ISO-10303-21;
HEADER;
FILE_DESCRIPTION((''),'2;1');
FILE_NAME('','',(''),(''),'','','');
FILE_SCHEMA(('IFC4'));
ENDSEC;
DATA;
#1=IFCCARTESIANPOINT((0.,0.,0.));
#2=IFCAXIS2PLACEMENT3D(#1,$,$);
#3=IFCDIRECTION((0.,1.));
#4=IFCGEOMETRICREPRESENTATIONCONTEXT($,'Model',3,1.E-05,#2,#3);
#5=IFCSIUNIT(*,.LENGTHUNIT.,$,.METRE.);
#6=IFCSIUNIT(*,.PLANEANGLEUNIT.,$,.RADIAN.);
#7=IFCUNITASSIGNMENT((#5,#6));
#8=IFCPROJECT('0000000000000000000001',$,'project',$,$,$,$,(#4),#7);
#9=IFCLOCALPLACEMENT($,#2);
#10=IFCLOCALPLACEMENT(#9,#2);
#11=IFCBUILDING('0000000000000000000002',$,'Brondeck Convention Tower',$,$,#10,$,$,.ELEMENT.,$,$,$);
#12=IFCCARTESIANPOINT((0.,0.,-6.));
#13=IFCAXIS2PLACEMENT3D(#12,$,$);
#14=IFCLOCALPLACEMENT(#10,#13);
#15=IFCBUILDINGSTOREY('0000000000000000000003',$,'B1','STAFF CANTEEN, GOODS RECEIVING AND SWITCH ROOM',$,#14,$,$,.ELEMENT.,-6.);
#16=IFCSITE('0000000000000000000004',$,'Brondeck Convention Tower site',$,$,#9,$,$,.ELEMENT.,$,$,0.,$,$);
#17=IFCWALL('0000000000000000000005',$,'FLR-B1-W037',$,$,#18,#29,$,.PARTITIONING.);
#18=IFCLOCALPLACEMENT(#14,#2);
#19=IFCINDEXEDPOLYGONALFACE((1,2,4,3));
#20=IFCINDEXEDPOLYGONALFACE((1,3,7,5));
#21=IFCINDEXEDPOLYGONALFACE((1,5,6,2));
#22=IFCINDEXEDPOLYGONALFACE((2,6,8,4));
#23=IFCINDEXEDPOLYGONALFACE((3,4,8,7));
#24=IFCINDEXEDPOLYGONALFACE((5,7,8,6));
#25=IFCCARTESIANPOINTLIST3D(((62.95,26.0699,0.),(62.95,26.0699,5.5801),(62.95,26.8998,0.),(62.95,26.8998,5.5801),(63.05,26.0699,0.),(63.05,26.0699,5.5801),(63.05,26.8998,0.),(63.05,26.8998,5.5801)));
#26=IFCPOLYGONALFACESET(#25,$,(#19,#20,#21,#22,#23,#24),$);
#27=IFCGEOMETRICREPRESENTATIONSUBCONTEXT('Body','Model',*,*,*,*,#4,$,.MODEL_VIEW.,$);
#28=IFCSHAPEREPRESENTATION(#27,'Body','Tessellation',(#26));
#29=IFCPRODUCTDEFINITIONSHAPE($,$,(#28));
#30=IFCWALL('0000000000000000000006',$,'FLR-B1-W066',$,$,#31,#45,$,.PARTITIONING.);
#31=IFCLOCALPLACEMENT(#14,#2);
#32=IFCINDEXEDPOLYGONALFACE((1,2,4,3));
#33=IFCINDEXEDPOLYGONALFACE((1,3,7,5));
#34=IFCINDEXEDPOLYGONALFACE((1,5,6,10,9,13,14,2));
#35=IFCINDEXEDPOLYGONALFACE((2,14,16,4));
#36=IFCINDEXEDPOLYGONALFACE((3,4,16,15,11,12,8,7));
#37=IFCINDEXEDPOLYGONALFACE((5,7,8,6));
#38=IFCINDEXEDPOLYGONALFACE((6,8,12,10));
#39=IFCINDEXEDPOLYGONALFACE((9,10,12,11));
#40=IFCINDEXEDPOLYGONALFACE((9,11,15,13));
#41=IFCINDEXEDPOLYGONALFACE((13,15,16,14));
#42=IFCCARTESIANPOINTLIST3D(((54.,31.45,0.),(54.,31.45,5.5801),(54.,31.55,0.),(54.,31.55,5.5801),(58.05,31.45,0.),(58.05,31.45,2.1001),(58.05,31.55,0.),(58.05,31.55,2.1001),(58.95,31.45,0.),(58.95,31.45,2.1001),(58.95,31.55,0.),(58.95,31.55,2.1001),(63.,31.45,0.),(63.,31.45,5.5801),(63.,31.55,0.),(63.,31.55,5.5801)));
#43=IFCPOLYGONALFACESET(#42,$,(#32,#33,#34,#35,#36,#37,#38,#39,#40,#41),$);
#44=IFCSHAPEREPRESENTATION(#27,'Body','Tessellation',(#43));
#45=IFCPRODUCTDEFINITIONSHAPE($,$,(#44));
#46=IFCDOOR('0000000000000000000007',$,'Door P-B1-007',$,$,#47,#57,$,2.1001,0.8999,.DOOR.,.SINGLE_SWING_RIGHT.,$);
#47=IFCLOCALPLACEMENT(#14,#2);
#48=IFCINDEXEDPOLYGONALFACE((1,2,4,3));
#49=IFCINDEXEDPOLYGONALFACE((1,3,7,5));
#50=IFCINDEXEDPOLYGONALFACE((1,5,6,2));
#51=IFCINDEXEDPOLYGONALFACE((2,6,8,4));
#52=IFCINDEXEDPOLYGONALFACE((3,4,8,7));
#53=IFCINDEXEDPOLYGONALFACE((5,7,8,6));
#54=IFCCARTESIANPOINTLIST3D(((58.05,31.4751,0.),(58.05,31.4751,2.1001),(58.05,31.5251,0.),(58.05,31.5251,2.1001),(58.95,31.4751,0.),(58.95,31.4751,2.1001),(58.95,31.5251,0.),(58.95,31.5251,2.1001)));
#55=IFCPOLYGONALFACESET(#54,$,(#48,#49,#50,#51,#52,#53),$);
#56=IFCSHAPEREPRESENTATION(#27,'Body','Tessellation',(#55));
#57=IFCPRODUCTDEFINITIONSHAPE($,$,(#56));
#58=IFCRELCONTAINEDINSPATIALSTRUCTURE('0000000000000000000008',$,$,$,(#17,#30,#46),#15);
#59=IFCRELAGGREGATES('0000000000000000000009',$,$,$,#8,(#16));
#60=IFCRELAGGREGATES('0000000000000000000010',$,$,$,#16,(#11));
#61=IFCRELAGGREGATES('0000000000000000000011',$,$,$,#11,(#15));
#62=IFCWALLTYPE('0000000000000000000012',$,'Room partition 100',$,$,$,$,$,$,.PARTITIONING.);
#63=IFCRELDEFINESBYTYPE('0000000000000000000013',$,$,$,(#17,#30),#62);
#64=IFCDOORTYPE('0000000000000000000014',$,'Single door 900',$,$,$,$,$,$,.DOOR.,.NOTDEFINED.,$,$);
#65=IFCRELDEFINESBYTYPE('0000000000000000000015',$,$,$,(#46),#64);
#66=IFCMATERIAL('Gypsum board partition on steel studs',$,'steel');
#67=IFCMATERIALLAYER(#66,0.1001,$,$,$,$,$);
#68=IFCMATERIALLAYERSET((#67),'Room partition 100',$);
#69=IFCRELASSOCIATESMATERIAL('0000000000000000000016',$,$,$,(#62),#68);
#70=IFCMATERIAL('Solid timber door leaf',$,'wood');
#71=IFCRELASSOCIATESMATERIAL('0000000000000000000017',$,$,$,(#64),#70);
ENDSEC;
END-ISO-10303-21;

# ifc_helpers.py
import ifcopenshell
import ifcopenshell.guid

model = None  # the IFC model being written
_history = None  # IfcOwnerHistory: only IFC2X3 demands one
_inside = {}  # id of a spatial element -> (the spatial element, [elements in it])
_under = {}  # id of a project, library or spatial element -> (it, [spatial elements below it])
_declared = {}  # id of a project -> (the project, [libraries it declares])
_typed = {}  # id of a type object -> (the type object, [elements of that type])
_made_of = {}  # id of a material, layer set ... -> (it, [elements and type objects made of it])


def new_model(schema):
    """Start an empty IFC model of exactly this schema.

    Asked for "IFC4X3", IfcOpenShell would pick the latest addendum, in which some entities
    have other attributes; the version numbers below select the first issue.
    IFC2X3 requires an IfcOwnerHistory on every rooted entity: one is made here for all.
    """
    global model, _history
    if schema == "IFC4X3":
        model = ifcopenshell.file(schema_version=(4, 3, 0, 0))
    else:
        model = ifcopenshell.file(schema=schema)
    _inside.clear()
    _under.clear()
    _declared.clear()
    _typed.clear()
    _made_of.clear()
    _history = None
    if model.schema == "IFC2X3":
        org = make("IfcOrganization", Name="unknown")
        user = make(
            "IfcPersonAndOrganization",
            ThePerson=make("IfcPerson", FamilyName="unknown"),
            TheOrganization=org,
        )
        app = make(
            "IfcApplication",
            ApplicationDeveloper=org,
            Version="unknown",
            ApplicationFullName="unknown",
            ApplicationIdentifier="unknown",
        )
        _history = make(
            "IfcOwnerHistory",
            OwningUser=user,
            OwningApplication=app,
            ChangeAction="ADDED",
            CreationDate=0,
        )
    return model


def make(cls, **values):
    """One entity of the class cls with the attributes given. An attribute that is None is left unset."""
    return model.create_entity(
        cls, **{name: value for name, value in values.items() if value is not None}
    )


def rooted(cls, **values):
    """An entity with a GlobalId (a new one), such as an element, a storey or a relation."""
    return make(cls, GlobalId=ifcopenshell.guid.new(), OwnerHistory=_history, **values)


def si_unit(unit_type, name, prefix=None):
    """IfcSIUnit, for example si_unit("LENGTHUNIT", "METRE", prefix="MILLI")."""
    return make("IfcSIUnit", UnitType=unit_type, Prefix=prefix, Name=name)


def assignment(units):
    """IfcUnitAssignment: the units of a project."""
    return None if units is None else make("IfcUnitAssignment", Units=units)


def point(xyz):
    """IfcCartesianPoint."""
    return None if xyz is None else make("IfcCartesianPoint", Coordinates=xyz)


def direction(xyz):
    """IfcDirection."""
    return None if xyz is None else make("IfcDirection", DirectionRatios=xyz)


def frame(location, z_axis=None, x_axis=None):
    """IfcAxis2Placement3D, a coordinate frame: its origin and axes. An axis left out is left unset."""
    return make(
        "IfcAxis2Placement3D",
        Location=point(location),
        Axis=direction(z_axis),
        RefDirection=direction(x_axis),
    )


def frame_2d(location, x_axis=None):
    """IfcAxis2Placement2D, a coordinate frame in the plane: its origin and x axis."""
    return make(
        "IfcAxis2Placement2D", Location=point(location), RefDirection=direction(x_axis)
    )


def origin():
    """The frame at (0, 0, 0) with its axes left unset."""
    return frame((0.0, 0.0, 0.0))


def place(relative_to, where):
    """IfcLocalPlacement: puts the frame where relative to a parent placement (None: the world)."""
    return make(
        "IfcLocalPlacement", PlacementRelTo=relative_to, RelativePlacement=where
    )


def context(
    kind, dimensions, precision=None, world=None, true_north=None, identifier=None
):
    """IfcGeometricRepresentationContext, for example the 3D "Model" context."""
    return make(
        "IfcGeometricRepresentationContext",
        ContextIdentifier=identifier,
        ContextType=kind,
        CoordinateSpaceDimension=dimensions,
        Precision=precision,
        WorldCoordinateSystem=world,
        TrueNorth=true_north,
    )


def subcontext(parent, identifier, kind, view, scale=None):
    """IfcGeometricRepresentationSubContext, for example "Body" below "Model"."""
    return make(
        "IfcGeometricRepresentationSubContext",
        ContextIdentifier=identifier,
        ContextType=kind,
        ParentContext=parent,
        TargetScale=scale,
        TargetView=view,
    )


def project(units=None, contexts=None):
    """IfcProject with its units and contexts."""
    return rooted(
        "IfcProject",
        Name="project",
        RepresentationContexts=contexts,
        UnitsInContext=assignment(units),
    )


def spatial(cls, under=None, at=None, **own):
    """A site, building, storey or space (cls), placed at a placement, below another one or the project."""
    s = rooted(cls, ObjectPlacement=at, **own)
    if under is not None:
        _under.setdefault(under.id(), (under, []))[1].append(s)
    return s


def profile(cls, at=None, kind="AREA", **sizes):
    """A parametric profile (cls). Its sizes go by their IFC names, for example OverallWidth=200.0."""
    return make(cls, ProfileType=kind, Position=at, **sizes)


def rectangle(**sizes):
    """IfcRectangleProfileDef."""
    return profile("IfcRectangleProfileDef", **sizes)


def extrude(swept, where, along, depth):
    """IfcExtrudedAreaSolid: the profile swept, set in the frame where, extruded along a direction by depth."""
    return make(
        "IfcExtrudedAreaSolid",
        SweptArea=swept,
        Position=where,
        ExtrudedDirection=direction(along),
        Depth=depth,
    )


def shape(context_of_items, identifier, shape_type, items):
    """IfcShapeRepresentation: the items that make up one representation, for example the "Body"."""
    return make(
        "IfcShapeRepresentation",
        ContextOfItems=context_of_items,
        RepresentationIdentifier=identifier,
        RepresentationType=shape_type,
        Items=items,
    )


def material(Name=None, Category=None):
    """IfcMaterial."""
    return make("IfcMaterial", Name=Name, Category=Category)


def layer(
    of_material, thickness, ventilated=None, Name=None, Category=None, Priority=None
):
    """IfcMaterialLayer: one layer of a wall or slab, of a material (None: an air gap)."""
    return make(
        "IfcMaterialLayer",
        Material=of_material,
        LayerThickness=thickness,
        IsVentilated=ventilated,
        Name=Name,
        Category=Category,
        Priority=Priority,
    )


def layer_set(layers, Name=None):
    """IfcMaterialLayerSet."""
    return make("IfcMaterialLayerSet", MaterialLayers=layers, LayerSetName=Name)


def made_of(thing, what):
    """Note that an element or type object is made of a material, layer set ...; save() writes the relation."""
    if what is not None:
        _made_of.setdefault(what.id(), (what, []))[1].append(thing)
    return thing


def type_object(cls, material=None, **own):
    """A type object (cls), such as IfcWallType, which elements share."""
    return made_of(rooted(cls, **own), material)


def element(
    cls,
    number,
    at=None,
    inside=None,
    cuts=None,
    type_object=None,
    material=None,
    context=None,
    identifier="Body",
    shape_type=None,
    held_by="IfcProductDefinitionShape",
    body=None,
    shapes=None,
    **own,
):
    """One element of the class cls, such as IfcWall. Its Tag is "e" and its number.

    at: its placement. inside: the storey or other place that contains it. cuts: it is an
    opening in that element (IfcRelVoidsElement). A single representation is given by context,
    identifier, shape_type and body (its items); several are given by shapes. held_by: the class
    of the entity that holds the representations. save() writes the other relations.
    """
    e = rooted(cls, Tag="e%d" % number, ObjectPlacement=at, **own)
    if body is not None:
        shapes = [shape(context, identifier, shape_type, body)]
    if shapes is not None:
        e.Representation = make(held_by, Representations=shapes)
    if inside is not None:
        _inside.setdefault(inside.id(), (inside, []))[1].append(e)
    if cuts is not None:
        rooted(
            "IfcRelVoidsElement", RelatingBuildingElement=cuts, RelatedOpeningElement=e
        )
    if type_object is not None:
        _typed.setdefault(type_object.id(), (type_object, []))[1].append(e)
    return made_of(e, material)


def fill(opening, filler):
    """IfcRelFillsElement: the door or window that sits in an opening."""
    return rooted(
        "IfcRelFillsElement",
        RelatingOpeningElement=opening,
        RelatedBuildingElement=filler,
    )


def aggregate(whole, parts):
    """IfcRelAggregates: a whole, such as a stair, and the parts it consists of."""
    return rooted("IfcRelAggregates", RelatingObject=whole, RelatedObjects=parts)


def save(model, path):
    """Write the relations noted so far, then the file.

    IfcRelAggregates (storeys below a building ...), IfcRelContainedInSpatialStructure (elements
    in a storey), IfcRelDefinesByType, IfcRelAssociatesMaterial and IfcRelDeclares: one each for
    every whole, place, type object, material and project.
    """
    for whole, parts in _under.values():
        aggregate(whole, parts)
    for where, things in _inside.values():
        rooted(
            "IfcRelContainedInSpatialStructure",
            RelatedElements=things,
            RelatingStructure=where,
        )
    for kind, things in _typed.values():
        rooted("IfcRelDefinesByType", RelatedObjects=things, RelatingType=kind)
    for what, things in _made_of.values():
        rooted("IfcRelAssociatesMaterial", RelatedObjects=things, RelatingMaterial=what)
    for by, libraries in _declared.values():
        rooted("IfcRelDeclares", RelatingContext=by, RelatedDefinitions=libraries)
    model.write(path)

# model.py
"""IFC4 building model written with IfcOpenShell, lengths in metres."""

from ifc_helpers import new_model, si_unit, direction, frame, frame_2d, origin, place, context, subcontext, project, spatial, rectangle, extrude, material, layer, layer_set, type_object, element, fill, save


model = new_model("IFC4")

# Units and contexts
model_context = context("Model", 3, precision=1e-05, world=origin(), true_north=direction((0.0, 1.0)))
body_context = subcontext(model_context, "Body", "Model", "MODEL_VIEW")
ifc_project = project(units=[si_unit("LENGTHUNIT", "METRE"), si_unit("PLANEANGLEUNIT", "RADIAN")], contexts=[model_context])

# Site, building, storey
site_placement = place(None, origin())
site = spatial("IfcSite", under=ifc_project, at=site_placement, Name="Brondeck Convention Tower site", CompositionType="ELEMENT", RefElevation=0.0)
building_placement = place(site_placement, origin())
building = spatial("IfcBuilding", under=site, at=building_placement, Name="Brondeck Convention Tower", CompositionType="ELEMENT")
storey_placement = place(building_placement, frame((0.0, 0.0, -6.0)))
storey = spatial("IfcBuildingStorey", under=building, at=storey_placement, Name="B1", Description="STAFF CANTEEN, GOODS RECEIVING AND SWITCH ROOM", CompositionType="ELEMENT", Elevation=-6.0)

# Wall
ifc_material_1 = material(Name="Gypsum board partition on steel studs", Category="steel")
ifc_layer_1 = layer(ifc_material_1, 0.1001)
ifc_layer_set_1 = layer_set([ifc_layer_1], Name="Room partition 100")
wall_type_1 = type_object("IfcWallType", Name="Room partition 100", PredefinedType="PARTITIONING", material=ifc_layer_set_1)
wall_1_placement = place(storey_placement, frame((63.0, 26.8999, 0.0), z_axis=(0.0, 0.0, 1.0), x_axis=(0.0, -1.0, 0.0)))
element("IfcWall", 1, at=wall_1_placement, inside=storey, type_object=wall_type_1, Name="FLR-B1-W037", PredefinedType="PARTITIONING", context=body_context, shape_type="SweptSolid", body=[
    extrude(rectangle(XDim=0.8298, YDim=0.1001, at=frame_2d((0.415, 0.0))), origin(), (0.0, 0.0, 1.0), 5.5801),
])

# Wall, opening, door
wall_2_placement = place(storey_placement, frame((63.0, 31.5, 0.0), z_axis=(0.0, 0.0, 1.0), x_axis=(-1.0, 0.0, 0.0)))
wall_2 = element("IfcWall", 2, at=wall_2_placement, inside=storey, type_object=wall_type_1, Name="FLR-B1-W066", PredefinedType="PARTITIONING", context=body_context, shape_type="SweptSolid", body=[
    extrude(rectangle(XDim=9.0, YDim=0.1001, at=frame_2d((4.5, 0.0))), origin(), (0.0, 0.0, 1.0), 5.5801),
])
opening_1_placement = place(wall_2_placement, frame((4.05, 0.0, 0.0)))
opening_1 = element("IfcOpeningElement", 3, at=opening_1_placement, cuts=wall_2, PredefinedType="OPENING", context=body_context, shape_type="SweptSolid", body=[
    extrude(rectangle(XDim=0.8999, YDim=2.1001, at=frame_2d((0.45, 1.05))), frame((0.0, 0.0601, 0.0), z_axis=(0.0, -1.0, 0.0), x_axis=(1.0, 0.0, 0.0)), (0.0, 0.0, 1.0), 0.1201),
])
ifc_material_2 = material(Name="Solid timber door leaf", Category="wood")
door_type_1 = type_object("IfcDoorType", Name="Single door 900", OperationType="NOTDEFINED", PredefinedType="DOOR", material=ifc_material_2)
door_1_placement = place(opening_1_placement, origin())
door_1 = element("IfcDoor", 4, at=door_1_placement, inside=storey, type_object=door_type_1, Name="Door P-B1-007", OperationType="SINGLE_SWING_RIGHT", OverallHeight=2.1001, OverallWidth=0.8999, PredefinedType="DOOR", context=body_context, shape_type="SweptSolid", body=[
    extrude(rectangle(XDim=0.8999, YDim=2.1001, at=frame_2d((0.45, 1.05))), frame((0.0, 0.0249, 0.0), z_axis=(0.0, -1.0, 0.0), x_axis=(1.0, 0.0, 0.0)), (0.0, 0.0, 1.0), 0.05),
])
fill(opening_1, door_1)

save(model, "model.ifc")
